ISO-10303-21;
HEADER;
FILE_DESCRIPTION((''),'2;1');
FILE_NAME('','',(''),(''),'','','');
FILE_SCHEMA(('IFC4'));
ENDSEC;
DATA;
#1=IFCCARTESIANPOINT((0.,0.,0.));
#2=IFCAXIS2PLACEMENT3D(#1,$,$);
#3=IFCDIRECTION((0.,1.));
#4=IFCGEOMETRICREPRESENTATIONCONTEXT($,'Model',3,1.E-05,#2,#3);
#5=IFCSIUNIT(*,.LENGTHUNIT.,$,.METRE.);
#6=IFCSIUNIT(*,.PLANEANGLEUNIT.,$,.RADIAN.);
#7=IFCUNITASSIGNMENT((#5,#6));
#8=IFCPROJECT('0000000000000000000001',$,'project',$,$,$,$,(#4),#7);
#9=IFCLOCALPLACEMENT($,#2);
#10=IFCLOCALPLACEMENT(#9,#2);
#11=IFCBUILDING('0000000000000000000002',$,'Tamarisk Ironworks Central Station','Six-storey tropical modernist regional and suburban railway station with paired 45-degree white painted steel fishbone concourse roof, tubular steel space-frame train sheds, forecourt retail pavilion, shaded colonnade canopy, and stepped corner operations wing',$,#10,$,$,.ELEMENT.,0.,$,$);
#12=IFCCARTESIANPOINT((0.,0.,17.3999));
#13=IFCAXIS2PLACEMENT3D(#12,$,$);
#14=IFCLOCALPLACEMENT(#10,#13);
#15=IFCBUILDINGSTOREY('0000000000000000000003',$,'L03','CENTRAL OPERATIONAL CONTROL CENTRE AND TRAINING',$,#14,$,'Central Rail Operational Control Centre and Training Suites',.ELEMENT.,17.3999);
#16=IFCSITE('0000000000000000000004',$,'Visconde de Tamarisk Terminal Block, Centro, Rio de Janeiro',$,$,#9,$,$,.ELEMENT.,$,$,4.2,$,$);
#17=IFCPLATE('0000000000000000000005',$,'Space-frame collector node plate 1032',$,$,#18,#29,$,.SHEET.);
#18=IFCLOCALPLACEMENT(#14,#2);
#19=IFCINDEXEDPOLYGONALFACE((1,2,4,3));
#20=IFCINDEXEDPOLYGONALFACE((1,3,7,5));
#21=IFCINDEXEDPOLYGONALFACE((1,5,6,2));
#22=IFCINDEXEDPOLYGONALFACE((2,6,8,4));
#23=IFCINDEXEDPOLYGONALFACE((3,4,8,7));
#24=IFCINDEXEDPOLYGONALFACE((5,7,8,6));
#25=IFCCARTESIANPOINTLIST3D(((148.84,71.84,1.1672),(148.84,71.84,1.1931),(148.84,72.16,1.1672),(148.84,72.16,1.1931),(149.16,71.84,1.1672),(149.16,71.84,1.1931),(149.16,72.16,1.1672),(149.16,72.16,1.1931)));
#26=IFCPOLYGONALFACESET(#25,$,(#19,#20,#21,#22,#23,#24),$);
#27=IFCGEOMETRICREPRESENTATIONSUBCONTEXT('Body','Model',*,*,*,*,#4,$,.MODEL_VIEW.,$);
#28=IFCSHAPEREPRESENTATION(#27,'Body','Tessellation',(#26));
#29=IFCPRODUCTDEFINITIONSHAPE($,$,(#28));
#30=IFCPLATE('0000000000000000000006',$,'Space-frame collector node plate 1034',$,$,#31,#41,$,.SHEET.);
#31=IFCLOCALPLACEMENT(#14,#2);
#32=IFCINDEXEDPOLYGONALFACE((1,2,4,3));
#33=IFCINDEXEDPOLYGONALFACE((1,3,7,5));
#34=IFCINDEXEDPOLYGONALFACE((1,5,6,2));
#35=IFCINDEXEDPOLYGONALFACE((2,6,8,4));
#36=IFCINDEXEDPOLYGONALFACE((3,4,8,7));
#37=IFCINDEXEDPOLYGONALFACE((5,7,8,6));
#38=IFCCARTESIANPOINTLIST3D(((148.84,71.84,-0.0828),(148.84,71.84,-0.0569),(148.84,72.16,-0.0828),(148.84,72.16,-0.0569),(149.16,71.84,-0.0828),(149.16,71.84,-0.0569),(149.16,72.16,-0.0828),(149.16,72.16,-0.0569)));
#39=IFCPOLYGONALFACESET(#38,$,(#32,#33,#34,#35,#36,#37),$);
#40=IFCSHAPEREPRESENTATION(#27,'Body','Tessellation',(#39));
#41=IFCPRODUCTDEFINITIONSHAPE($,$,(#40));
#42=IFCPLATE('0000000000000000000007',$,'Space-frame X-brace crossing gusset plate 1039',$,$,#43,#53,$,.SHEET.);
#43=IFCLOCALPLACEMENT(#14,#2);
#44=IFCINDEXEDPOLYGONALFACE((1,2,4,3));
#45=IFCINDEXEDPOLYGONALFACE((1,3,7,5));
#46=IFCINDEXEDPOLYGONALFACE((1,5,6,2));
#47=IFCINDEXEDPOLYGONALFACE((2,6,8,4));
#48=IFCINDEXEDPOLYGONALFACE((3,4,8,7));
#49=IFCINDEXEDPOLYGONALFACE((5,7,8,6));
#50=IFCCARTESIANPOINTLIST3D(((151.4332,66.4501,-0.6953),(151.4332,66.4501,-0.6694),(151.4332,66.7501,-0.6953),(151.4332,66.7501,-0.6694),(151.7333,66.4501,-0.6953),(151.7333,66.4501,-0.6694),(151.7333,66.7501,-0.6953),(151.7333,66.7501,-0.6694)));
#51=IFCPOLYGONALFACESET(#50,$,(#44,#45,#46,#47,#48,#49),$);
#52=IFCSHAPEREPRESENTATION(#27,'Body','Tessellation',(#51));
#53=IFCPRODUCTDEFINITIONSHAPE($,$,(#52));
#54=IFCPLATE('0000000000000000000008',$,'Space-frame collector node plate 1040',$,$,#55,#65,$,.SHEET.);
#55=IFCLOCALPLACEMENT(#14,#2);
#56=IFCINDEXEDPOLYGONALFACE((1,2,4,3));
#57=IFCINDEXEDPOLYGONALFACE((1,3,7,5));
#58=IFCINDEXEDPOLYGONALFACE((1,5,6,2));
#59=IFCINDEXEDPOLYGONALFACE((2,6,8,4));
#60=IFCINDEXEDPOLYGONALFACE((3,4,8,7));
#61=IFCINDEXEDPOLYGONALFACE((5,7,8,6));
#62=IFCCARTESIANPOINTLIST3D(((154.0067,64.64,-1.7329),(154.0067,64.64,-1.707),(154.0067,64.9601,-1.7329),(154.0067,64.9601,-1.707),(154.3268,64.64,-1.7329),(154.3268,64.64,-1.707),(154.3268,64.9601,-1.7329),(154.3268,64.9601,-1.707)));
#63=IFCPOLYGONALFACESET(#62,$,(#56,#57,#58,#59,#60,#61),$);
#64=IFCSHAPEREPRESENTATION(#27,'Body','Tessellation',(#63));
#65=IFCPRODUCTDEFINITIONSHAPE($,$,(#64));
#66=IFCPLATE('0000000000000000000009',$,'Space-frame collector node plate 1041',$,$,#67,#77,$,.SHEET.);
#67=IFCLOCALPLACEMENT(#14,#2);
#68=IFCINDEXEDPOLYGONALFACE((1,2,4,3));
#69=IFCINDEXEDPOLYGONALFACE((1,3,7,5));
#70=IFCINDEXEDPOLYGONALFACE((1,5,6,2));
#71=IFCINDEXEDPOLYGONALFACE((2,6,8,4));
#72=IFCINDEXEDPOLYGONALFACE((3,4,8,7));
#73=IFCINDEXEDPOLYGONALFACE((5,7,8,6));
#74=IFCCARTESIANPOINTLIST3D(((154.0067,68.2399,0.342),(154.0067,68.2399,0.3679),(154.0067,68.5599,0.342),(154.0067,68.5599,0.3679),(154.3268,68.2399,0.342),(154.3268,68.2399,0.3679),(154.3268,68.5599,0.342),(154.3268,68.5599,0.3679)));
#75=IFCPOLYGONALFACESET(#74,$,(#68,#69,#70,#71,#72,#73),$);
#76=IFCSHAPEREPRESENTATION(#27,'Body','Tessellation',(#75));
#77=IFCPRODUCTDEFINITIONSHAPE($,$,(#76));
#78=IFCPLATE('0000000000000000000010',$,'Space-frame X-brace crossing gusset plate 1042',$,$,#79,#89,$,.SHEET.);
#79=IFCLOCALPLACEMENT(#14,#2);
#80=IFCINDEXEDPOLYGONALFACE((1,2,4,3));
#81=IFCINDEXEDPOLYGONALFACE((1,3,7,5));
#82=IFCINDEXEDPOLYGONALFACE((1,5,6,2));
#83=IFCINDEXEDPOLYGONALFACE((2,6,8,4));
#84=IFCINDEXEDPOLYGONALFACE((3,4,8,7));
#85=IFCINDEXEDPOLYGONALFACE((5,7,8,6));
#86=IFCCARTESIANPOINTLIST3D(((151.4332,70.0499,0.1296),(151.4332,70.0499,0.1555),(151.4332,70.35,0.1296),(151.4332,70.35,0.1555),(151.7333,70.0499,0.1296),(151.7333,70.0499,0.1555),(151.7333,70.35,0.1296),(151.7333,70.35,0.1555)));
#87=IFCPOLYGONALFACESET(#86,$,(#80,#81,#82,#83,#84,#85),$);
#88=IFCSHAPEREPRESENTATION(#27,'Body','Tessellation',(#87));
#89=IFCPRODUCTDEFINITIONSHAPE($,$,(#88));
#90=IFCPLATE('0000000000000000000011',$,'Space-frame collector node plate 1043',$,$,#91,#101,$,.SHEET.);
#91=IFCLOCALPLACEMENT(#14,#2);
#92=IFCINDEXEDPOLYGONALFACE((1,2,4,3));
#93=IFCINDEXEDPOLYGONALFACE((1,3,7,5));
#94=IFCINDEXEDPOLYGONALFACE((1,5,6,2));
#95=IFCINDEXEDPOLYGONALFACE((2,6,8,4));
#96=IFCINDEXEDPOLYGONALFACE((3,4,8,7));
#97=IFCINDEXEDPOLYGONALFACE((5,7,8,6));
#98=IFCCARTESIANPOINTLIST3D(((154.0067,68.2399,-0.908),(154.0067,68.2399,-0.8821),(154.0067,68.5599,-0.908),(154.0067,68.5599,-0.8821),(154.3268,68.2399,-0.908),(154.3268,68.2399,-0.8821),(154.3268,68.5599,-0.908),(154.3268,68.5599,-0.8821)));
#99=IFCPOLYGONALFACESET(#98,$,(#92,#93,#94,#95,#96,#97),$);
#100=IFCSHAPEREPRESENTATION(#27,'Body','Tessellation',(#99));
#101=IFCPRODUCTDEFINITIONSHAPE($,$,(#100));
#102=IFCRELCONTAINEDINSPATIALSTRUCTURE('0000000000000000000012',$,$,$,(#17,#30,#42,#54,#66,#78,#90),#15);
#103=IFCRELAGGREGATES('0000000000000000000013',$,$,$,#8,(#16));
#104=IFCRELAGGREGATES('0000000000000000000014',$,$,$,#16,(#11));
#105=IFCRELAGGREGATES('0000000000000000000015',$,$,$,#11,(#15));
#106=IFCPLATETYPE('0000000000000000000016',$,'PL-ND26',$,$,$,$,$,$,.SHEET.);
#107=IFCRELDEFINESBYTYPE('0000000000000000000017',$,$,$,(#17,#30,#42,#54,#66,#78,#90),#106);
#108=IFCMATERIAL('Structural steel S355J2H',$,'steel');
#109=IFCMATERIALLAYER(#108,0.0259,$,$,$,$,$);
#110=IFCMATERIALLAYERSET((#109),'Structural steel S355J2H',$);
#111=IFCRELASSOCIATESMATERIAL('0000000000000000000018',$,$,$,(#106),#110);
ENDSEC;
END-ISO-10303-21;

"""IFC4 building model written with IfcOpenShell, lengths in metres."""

from ifc_helpers import new_model, si_unit, direction, frame, origin, origin_2d, place, context, subcontext, project, spatial, rectangle, extrude, material, layer, layer_set, type_object, element, save


model = new_model("IFC4")

# Units and contexts
model_context = context("Model", 3, precision=1e-05, world=origin(), true_north=direction((0.0, 1.0)))
body_context = subcontext(model_context, "Body", "Model", "MODEL_VIEW")
ifc_project = project(units=[si_unit("LENGTHUNIT", "METRE"), si_unit("PLANEANGLEUNIT", "RADIAN")], contexts=[model_context])

# Site, building, storey
site_placement = place(None, origin())
site = spatial("IfcSite", under=ifc_project, at=site_placement, Name="Visconde de Tamarisk Terminal Block, Centro, Rio de Janeiro", CompositionType="ELEMENT", RefElevation=4.2)
building_placement = place(site_placement, origin())
building = spatial("IfcBuilding", under=site, at=building_placement, Name="Tamarisk Ironworks Central Station", Description="Six-storey tropical modernist regional and suburban railway station with paired 45-degree white painted steel fishbone concourse roof, tubular steel space-frame train sheds, forecourt retail pavilion, shaded colonnade canopy, and stepped corner operations wing", CompositionType="ELEMENT", ElevationOfRefHeight=0.0)
storey_placement = place(building_placement, frame((0.0, 0.0, 17.3999)))
storey = spatial("IfcBuildingStorey", under=building, at=storey_placement, Name="L03", Description="CENTRAL OPERATIONAL CONTROL CENTRE AND TRAINING", LongName="Central Rail Operational Control Centre and Training Suites", CompositionType="ELEMENT", Elevation=17.3999)

# Shared definitions
ifc_material_1 = material(Name="Structural steel S355J2H", Category="steel")

# Plates
ifc_layer = layer(ifc_material_1, 0.0259)
ifc_layer_set = layer_set([ifc_layer], Name="Structural steel S355J2H")
plate_type = type_object("IfcPlateType", Name="PL-ND26", PredefinedType="SHEET", material=ifc_layer_set)
for number, where, z_axis, x_axis, name in (
    (1, (149.0, 72.0, 1.1672), (0.0, 0.0, 1.0), (1.0, 0.0, 0.0), "Space-frame collector node plate 1032"),
    (2, (149.0, 72.0, -0.0828), (0.0, 0.0, 1.0), (1.0, 0.0, 0.0), "Space-frame collector node plate 1034"),
):
    element("IfcPlate", number, at=place(storey_placement, frame(where, z_axis=z_axis, x_axis=x_axis)), inside=storey, type_object=plate_type, Name=name, PredefinedType="SHEET", context=body_context, shape_type="SweptSolid", body=[
        extrude(rectangle(XDim=0.3201, YDim=0.3201, at=origin_2d()), origin(), (0.0, 0.0, 1.0), 0.0259),
    ])
plate_1_placement = place(storey_placement, frame((151.5833, 66.6001, -0.6953), z_axis=(0.0, 0.0, 1.0), x_axis=(1.0, 0.0, 0.0)))
element("IfcPlate", 3, at=plate_1_placement, inside=storey, type_object=plate_type, Name="Space-frame X-brace crossing gusset plate 1039", PredefinedType="SHEET", context=body_context, shape_type="SweptSolid", body=[
    extrude(rectangle(XDim=0.3, YDim=0.3, at=origin_2d()), origin(), (0.0, 0.0, 1.0), 0.0259),
])
for number, where, z_axis, x_axis, name in (
    (4, (154.1667, 64.8, -1.7329), (0.0, 0.0, 1.0), (1.0, 0.0, 0.0), "Space-frame collector node plate 1040"),
    (5, (154.1667, 68.3999, 0.342), (0.0, 0.0, 1.0), (1.0, 0.0, 0.0), "Space-frame collector node plate 1041"),
):
    element("IfcPlate", number, at=place(storey_placement, frame(where, z_axis=z_axis, x_axis=x_axis)), inside=storey, type_object=plate_type, Name=name, PredefinedType="SHEET", context=body_context, shape_type="SweptSolid", body=[
        extrude(rectangle(XDim=0.3201, YDim=0.3201, at=origin_2d()), origin(), (0.0, 0.0, 1.0), 0.0259),
    ])
plate_2_placement = place(storey_placement, frame((151.5833, 70.2, 0.1296), z_axis=(0.0, 0.0, 1.0), x_axis=(1.0, 0.0, 0.0)))
element("IfcPlate", 6, at=plate_2_placement, inside=storey, type_object=plate_type, Name="Space-frame X-brace crossing gusset plate 1042", PredefinedType="SHEET", context=body_context, shape_type="SweptSolid", body=[
    extrude(rectangle(XDim=0.3, YDim=0.3, at=origin_2d()), origin(), (0.0, 0.0, 1.0), 0.0259),
])
plate_3_placement = place(storey_placement, frame((154.1667, 68.3999, -0.908), z_axis=(0.0, 0.0, 1.0), x_axis=(1.0, 0.0, 0.0)))
element("IfcPlate", 7, at=plate_3_placement, inside=storey, type_object=plate_type, Name="Space-frame collector node plate 1043", PredefinedType="SHEET", context=body_context, shape_type="SweptSolid", body=[
    extrude(rectangle(XDim=0.3201, YDim=0.3201, at=origin_2d()), origin(), (0.0, 0.0, 1.0), 0.0259),
])

save(model, "model.ifc")
